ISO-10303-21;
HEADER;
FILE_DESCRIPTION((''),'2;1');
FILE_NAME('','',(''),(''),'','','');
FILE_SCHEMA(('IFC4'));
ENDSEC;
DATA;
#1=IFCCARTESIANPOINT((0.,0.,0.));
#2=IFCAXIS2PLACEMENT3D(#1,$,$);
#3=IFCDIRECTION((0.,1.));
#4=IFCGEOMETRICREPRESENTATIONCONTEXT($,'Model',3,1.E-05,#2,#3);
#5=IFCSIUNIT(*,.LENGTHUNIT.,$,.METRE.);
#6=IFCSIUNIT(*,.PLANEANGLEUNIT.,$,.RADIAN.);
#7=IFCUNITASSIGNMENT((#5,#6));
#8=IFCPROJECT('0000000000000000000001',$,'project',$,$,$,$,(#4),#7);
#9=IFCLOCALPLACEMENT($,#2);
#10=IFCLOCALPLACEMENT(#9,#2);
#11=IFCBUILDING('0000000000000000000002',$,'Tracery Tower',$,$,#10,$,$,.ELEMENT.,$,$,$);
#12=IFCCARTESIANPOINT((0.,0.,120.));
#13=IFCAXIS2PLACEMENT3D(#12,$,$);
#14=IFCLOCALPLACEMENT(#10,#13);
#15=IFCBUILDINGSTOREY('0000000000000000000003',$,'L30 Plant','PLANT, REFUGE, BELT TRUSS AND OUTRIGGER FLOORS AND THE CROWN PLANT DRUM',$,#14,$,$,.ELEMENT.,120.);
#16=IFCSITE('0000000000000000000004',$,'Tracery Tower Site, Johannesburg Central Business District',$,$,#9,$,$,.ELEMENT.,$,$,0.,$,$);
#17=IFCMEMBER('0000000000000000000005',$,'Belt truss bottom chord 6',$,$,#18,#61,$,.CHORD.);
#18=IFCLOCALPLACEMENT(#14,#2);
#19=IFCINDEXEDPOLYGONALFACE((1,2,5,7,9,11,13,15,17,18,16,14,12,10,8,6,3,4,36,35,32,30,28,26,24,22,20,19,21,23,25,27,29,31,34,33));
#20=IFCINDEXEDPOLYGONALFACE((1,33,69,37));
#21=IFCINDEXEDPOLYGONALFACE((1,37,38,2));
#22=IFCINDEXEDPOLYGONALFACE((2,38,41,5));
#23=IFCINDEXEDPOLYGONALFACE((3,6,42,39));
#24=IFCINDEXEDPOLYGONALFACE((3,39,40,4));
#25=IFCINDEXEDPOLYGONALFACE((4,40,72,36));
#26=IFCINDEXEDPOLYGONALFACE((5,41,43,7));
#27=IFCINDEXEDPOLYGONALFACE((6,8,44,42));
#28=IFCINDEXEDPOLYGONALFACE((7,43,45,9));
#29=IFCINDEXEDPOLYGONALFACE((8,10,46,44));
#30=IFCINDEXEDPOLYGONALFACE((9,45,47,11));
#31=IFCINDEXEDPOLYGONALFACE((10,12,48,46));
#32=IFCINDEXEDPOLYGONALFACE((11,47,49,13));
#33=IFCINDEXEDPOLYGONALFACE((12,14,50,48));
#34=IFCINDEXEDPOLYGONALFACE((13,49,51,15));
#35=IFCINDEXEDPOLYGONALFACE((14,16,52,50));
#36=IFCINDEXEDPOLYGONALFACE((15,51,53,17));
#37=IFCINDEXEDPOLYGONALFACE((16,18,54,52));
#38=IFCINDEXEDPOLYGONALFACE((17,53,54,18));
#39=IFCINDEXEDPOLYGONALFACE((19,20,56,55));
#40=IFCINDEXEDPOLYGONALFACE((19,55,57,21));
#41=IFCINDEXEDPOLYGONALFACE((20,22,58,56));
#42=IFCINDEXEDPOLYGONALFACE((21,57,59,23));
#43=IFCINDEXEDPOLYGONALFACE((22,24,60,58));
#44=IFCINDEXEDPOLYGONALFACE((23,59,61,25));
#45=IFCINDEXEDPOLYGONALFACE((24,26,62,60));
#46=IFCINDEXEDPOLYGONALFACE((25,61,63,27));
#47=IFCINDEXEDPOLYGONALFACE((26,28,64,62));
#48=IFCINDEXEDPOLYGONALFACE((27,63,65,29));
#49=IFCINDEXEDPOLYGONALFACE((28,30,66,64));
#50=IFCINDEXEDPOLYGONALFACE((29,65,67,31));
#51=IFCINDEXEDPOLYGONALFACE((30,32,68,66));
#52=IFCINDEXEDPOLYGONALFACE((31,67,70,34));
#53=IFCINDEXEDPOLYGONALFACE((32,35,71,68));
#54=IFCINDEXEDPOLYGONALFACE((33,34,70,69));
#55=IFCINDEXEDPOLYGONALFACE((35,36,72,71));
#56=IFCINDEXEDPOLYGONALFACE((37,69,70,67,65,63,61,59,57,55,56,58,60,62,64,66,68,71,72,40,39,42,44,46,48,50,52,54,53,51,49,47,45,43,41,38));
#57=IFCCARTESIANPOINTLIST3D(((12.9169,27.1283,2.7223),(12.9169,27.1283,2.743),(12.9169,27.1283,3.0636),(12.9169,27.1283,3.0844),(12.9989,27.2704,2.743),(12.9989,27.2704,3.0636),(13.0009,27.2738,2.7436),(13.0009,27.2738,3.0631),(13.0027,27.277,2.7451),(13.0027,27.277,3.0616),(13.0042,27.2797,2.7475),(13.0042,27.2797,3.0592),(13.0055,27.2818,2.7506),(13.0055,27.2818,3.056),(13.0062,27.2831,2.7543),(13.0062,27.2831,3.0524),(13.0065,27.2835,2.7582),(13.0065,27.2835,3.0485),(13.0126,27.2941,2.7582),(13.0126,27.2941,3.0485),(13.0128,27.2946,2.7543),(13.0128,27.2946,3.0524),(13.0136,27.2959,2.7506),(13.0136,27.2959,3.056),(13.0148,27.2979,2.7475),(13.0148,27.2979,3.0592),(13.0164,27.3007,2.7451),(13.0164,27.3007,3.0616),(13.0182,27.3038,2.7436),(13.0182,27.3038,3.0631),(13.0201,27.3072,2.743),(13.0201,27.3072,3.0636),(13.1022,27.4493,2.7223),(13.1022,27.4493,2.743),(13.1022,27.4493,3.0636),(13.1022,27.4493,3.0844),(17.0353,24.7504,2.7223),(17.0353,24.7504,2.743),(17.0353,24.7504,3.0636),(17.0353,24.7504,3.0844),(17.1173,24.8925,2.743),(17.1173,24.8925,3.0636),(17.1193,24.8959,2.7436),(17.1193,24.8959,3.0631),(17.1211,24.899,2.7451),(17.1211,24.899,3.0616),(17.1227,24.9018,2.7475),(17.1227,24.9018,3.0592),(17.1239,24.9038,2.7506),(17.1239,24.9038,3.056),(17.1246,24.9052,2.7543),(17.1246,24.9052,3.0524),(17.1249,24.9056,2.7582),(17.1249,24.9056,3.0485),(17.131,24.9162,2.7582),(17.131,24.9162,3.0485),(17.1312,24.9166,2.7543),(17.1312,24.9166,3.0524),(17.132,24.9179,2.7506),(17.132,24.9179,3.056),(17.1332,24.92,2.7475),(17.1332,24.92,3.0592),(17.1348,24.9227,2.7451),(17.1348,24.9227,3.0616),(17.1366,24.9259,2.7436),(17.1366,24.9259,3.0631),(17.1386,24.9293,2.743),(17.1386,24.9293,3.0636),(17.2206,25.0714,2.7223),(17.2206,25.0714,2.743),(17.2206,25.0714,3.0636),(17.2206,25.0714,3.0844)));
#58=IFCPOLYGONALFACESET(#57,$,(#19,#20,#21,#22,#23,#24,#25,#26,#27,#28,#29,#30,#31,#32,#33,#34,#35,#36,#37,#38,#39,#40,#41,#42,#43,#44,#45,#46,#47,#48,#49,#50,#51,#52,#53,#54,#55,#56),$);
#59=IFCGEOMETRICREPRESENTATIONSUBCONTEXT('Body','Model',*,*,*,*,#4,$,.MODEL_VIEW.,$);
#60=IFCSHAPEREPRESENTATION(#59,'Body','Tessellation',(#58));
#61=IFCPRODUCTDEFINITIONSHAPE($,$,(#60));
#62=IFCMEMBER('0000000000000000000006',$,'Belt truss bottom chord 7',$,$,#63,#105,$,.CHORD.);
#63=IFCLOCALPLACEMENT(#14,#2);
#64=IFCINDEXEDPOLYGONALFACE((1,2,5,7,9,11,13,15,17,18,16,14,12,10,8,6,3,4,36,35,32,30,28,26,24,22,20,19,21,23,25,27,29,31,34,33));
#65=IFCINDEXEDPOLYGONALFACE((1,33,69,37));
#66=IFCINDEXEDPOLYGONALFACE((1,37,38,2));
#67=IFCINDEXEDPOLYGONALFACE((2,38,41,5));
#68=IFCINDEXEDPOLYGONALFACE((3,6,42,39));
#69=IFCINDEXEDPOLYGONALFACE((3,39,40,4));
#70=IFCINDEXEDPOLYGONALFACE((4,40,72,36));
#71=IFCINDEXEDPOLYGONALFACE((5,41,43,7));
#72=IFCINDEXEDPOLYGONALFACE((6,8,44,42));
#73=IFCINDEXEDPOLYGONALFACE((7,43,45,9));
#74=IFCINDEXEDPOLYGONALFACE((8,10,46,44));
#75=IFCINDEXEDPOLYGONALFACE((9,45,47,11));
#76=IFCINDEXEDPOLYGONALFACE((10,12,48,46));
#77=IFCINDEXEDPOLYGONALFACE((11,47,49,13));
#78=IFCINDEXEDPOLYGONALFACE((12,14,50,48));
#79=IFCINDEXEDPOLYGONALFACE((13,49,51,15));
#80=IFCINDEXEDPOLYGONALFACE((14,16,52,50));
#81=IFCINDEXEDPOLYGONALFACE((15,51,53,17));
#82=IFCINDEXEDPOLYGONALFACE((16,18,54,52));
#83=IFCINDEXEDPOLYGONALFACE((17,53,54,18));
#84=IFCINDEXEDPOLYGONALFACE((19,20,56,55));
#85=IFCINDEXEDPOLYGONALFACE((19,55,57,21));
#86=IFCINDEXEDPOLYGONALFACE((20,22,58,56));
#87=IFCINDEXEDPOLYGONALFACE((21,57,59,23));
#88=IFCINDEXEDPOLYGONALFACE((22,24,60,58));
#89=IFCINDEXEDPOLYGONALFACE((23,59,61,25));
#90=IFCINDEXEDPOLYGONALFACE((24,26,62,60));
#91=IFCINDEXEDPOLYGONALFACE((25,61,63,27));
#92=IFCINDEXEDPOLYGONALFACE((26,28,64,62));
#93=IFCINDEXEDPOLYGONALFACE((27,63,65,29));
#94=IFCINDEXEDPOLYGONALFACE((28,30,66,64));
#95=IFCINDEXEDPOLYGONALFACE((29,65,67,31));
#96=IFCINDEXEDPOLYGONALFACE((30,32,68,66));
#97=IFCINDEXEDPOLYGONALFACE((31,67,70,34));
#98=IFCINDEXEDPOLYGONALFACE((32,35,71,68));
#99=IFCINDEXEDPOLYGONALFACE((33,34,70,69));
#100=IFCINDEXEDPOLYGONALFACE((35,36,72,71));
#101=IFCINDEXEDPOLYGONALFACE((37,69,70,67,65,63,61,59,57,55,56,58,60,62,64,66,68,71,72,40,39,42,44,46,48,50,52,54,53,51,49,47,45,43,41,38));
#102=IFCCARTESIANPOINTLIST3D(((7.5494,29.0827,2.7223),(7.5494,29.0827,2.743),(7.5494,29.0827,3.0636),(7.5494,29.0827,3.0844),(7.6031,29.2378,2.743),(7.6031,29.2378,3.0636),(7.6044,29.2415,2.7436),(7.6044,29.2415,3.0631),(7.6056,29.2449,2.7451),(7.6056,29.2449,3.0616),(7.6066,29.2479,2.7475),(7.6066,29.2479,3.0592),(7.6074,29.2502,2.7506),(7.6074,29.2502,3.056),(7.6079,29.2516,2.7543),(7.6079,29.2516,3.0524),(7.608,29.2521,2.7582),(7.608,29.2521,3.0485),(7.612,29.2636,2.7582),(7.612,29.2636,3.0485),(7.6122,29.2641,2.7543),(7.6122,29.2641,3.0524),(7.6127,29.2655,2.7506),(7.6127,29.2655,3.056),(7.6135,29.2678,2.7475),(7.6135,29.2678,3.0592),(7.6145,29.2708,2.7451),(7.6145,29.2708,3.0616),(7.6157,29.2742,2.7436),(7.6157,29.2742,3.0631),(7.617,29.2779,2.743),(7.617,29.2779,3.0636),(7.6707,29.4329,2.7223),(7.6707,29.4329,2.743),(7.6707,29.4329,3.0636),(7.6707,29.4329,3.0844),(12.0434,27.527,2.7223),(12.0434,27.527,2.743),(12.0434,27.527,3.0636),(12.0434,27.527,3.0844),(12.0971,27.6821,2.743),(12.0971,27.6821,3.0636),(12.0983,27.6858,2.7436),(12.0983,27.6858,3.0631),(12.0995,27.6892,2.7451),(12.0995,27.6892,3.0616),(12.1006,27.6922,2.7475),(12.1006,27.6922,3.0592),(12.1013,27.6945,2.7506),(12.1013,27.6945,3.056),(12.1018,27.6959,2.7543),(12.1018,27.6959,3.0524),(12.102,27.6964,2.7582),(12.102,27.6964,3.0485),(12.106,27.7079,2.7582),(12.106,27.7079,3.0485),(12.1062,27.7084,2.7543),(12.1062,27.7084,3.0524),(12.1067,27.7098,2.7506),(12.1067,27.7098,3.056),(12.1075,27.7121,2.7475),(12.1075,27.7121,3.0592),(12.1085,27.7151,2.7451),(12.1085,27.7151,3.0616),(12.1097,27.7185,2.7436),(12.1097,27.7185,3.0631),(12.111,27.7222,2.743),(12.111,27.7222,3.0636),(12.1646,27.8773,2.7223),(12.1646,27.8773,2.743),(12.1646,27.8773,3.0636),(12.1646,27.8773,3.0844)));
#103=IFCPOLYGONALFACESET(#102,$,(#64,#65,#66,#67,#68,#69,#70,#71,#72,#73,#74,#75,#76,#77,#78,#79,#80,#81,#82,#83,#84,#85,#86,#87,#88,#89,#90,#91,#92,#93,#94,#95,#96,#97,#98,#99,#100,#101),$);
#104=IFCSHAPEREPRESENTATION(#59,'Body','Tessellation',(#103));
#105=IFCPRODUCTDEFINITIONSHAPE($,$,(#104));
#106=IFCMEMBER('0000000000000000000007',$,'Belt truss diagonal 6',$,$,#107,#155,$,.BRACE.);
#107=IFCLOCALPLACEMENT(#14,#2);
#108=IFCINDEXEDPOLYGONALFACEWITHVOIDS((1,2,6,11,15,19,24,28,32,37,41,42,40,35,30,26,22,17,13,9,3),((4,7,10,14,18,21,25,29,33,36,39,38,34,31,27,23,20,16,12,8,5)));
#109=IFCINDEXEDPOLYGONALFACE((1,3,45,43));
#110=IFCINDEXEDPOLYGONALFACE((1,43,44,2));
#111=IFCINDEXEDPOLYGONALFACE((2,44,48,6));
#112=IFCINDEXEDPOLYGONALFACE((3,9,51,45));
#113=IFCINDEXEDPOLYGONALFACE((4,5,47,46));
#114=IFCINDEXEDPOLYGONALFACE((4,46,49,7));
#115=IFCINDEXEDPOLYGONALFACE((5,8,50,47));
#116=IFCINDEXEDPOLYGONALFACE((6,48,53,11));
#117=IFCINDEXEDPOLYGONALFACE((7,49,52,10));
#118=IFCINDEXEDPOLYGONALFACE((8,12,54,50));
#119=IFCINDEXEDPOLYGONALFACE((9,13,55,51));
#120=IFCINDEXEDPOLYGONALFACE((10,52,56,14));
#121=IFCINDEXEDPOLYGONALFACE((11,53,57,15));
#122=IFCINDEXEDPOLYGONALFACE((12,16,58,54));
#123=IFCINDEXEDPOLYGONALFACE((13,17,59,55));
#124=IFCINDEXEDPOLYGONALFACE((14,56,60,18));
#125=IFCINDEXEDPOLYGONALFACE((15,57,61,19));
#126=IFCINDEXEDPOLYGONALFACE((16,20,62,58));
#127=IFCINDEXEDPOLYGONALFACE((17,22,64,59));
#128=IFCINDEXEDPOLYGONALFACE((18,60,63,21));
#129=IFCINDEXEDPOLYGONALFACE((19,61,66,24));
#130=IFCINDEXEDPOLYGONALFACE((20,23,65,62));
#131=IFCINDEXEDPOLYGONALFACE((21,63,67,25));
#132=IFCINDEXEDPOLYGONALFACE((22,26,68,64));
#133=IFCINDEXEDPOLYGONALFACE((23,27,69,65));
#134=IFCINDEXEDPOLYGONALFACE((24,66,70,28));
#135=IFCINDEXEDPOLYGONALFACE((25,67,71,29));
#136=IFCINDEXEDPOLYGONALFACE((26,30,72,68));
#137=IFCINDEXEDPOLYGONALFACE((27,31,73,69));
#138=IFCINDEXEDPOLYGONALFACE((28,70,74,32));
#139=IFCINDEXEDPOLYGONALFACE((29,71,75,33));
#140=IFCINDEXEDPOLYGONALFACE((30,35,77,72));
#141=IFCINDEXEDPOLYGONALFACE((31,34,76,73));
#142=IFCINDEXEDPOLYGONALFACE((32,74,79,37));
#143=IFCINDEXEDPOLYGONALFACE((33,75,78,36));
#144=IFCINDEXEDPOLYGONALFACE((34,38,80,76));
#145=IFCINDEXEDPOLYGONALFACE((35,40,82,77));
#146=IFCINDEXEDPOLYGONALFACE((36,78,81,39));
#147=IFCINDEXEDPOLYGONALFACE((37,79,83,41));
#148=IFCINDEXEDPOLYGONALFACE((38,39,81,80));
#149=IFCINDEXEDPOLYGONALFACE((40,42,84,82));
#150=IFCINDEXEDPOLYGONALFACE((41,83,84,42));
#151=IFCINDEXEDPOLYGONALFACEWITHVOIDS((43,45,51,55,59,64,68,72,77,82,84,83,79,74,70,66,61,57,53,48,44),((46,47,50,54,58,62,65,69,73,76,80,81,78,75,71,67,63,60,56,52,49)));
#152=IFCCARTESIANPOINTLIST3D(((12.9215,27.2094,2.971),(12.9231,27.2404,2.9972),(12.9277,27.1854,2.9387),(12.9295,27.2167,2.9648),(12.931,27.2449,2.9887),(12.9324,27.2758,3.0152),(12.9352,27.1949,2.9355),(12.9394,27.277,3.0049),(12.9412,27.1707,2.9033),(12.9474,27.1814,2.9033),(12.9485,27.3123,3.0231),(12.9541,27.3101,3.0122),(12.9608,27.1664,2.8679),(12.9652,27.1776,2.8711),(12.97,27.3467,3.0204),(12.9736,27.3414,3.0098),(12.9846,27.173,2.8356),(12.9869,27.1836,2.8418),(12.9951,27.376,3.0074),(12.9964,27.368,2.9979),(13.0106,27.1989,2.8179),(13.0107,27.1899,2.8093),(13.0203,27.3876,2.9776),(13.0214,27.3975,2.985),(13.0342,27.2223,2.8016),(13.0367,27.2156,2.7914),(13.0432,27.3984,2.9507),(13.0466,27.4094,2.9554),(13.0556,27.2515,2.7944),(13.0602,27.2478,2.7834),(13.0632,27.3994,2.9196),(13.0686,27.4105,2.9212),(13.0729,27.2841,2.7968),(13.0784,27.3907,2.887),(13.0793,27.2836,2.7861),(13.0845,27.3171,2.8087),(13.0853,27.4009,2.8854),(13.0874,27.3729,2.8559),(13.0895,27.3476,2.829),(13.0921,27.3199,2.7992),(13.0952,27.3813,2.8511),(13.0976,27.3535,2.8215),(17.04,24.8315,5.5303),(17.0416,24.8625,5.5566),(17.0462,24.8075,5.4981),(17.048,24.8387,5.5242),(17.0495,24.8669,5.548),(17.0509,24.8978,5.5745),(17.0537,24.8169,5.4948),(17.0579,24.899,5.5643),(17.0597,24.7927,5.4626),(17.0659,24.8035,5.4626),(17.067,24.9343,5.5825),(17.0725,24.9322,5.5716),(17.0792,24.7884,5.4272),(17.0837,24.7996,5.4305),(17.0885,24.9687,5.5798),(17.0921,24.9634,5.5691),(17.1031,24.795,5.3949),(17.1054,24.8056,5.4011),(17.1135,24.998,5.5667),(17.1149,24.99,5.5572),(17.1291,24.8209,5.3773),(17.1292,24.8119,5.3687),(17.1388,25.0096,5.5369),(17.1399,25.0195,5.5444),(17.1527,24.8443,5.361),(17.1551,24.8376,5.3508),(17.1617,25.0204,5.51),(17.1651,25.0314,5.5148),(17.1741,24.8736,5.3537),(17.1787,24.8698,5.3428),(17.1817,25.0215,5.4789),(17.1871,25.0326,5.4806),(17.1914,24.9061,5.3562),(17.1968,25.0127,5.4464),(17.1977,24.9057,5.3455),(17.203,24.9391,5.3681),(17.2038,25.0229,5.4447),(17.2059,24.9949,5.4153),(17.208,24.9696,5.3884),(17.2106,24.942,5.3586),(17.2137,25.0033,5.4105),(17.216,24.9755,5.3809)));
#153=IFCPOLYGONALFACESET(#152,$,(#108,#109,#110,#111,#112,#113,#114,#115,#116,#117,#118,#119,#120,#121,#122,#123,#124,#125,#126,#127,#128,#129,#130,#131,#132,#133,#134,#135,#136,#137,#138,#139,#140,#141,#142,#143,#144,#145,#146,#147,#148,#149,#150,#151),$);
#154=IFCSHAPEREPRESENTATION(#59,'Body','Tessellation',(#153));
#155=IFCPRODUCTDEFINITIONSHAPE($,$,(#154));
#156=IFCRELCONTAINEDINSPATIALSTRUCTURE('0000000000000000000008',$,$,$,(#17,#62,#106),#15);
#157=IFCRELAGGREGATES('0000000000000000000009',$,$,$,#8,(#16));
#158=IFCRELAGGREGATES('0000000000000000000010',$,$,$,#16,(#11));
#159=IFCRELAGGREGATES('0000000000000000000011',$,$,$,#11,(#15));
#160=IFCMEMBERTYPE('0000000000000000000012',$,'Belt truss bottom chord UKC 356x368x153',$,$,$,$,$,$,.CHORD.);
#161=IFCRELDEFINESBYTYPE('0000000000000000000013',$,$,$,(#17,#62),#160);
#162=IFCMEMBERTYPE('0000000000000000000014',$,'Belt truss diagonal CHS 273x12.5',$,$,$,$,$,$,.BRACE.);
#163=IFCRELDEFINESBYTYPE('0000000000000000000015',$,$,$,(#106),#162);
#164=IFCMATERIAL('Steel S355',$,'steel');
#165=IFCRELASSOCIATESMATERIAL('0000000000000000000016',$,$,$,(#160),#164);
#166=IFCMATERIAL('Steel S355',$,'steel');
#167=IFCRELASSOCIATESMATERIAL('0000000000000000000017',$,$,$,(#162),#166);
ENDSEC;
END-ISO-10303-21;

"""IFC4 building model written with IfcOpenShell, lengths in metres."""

from ifc_helpers import new_model, si_unit, direction, frame, origin, origin_2d, place, context, subcontext, project, spatial, hollow_circle, i_section, extrude, material, material_profile, profile_set, type_object, element, save


model = new_model("IFC4")

# Units and contexts
model_context = context("Model", 3, precision=1e-05, world=origin(), true_north=direction((0.0, 1.0)))
body_context = subcontext(model_context, "Body", "Model", "MODEL_VIEW")
ifc_project = project(units=[si_unit("LENGTHUNIT", "METRE"), si_unit("PLANEANGLEUNIT", "RADIAN")], contexts=[model_context])

# Site, building, storey
site_placement = place(None, origin())
site = spatial("IfcSite", under=ifc_project, at=site_placement, Name="Tracery Tower Site, Johannesburg Central Business District", CompositionType="ELEMENT", RefElevation=0.0)
building_placement = place(site_placement, origin())
building = spatial("IfcBuilding", under=site, at=building_placement, Name="Tracery Tower", CompositionType="ELEMENT")
storey_placement = place(building_placement, frame((0.0, 0.0, 120.0)))
storey = spatial("IfcBuildingStorey", under=building, at=storey_placement, Name="L30 Plant", Description="PLANT, REFUGE, BELT TRUSS AND OUTRIGGER FLOORS AND THE CROWN PLANT DRUM", CompositionType="ELEMENT", Elevation=120.0)

# Members
ifc_material_1 = material(Name="Steel S355", Category="steel")
ifc_material_profile_1 = material_profile(ifc_material_1, i_section(OverallWidth=0.3706, OverallDepth=0.3621, WebThickness=0.0122, FlangeThickness=0.0208, FilletRadius=0.0151, at=origin_2d()), Name="UKC 356x368x153")
ifc_profile_set_1 = profile_set([ifc_material_profile_1], Name="Steel S355")
member_type_1 = type_object("IfcMemberType", Name="Belt truss bottom chord UKC 356x368x153", PredefinedType="CHORD", material=ifc_profile_set_1)
for number, where, z_axis, x_axis, name in (
    (1, (17.1279, 24.9109, 2.9033), (-0.86601, 0.500026, 0.0), (-0.500026, -0.86601, 0.0), "Belt truss bottom chord 6"),
    (2, (12.104, 27.7021, 2.9033), (-0.944981, 0.327126, 0.0), (-0.327126, -0.944981, 0.0), "Belt truss bottom chord 7"),
):
    element("IfcMember", number, at=place(storey_placement, frame(where, z_axis=z_axis, x_axis=x_axis)), inside=storey, type_object=member_type_1, Name=name, PredefinedType="CHORD", context=body_context, shape_type="SweptSolid", body=[
        extrude(i_section(OverallWidth=0.3706, OverallDepth=0.3621, WebThickness=0.0122, FlangeThickness=0.0208, FilletRadius=0.0151, at=origin_2d()), origin(), (0.0, 0.0, 1.0), 4.7556),
    ])
ifc_material_2 = material(Name="Steel S355", Category="steel")
ifc_material_profile_2 = material_profile(ifc_material_2, hollow_circle(Radius=0.1365, WallThickness=0.0125, at=origin_2d()), Name="CHS 273x12.5")
ifc_profile_set_2 = profile_set([ifc_material_profile_2], Name="Steel S355")
member_type_2 = type_object("IfcMemberType", Name="Belt truss diagonal CHS 273x12.5", PredefinedType="BRACE", material=ifc_profile_set_2)
member_1_placement = place(storey_placement, frame((17.1279, 24.9109, 5.4626), z_axis=(-0.76259, 0.440312, -0.473901), x_axis=(-0.500026, -0.86601, 0.0)))
element("IfcMember", 3, at=member_1_placement, inside=storey, type_object=member_type_2, Name="Belt truss diagonal 6", PredefinedType="BRACE", context=body_context, shape_type="SweptSolid", body=[
    extrude(hollow_circle(Radius=0.1365, WallThickness=0.0125, at=origin_2d()), origin(), (0.0, 0.0, 1.0), 5.4006),
])

save(model, "model.ifc")
